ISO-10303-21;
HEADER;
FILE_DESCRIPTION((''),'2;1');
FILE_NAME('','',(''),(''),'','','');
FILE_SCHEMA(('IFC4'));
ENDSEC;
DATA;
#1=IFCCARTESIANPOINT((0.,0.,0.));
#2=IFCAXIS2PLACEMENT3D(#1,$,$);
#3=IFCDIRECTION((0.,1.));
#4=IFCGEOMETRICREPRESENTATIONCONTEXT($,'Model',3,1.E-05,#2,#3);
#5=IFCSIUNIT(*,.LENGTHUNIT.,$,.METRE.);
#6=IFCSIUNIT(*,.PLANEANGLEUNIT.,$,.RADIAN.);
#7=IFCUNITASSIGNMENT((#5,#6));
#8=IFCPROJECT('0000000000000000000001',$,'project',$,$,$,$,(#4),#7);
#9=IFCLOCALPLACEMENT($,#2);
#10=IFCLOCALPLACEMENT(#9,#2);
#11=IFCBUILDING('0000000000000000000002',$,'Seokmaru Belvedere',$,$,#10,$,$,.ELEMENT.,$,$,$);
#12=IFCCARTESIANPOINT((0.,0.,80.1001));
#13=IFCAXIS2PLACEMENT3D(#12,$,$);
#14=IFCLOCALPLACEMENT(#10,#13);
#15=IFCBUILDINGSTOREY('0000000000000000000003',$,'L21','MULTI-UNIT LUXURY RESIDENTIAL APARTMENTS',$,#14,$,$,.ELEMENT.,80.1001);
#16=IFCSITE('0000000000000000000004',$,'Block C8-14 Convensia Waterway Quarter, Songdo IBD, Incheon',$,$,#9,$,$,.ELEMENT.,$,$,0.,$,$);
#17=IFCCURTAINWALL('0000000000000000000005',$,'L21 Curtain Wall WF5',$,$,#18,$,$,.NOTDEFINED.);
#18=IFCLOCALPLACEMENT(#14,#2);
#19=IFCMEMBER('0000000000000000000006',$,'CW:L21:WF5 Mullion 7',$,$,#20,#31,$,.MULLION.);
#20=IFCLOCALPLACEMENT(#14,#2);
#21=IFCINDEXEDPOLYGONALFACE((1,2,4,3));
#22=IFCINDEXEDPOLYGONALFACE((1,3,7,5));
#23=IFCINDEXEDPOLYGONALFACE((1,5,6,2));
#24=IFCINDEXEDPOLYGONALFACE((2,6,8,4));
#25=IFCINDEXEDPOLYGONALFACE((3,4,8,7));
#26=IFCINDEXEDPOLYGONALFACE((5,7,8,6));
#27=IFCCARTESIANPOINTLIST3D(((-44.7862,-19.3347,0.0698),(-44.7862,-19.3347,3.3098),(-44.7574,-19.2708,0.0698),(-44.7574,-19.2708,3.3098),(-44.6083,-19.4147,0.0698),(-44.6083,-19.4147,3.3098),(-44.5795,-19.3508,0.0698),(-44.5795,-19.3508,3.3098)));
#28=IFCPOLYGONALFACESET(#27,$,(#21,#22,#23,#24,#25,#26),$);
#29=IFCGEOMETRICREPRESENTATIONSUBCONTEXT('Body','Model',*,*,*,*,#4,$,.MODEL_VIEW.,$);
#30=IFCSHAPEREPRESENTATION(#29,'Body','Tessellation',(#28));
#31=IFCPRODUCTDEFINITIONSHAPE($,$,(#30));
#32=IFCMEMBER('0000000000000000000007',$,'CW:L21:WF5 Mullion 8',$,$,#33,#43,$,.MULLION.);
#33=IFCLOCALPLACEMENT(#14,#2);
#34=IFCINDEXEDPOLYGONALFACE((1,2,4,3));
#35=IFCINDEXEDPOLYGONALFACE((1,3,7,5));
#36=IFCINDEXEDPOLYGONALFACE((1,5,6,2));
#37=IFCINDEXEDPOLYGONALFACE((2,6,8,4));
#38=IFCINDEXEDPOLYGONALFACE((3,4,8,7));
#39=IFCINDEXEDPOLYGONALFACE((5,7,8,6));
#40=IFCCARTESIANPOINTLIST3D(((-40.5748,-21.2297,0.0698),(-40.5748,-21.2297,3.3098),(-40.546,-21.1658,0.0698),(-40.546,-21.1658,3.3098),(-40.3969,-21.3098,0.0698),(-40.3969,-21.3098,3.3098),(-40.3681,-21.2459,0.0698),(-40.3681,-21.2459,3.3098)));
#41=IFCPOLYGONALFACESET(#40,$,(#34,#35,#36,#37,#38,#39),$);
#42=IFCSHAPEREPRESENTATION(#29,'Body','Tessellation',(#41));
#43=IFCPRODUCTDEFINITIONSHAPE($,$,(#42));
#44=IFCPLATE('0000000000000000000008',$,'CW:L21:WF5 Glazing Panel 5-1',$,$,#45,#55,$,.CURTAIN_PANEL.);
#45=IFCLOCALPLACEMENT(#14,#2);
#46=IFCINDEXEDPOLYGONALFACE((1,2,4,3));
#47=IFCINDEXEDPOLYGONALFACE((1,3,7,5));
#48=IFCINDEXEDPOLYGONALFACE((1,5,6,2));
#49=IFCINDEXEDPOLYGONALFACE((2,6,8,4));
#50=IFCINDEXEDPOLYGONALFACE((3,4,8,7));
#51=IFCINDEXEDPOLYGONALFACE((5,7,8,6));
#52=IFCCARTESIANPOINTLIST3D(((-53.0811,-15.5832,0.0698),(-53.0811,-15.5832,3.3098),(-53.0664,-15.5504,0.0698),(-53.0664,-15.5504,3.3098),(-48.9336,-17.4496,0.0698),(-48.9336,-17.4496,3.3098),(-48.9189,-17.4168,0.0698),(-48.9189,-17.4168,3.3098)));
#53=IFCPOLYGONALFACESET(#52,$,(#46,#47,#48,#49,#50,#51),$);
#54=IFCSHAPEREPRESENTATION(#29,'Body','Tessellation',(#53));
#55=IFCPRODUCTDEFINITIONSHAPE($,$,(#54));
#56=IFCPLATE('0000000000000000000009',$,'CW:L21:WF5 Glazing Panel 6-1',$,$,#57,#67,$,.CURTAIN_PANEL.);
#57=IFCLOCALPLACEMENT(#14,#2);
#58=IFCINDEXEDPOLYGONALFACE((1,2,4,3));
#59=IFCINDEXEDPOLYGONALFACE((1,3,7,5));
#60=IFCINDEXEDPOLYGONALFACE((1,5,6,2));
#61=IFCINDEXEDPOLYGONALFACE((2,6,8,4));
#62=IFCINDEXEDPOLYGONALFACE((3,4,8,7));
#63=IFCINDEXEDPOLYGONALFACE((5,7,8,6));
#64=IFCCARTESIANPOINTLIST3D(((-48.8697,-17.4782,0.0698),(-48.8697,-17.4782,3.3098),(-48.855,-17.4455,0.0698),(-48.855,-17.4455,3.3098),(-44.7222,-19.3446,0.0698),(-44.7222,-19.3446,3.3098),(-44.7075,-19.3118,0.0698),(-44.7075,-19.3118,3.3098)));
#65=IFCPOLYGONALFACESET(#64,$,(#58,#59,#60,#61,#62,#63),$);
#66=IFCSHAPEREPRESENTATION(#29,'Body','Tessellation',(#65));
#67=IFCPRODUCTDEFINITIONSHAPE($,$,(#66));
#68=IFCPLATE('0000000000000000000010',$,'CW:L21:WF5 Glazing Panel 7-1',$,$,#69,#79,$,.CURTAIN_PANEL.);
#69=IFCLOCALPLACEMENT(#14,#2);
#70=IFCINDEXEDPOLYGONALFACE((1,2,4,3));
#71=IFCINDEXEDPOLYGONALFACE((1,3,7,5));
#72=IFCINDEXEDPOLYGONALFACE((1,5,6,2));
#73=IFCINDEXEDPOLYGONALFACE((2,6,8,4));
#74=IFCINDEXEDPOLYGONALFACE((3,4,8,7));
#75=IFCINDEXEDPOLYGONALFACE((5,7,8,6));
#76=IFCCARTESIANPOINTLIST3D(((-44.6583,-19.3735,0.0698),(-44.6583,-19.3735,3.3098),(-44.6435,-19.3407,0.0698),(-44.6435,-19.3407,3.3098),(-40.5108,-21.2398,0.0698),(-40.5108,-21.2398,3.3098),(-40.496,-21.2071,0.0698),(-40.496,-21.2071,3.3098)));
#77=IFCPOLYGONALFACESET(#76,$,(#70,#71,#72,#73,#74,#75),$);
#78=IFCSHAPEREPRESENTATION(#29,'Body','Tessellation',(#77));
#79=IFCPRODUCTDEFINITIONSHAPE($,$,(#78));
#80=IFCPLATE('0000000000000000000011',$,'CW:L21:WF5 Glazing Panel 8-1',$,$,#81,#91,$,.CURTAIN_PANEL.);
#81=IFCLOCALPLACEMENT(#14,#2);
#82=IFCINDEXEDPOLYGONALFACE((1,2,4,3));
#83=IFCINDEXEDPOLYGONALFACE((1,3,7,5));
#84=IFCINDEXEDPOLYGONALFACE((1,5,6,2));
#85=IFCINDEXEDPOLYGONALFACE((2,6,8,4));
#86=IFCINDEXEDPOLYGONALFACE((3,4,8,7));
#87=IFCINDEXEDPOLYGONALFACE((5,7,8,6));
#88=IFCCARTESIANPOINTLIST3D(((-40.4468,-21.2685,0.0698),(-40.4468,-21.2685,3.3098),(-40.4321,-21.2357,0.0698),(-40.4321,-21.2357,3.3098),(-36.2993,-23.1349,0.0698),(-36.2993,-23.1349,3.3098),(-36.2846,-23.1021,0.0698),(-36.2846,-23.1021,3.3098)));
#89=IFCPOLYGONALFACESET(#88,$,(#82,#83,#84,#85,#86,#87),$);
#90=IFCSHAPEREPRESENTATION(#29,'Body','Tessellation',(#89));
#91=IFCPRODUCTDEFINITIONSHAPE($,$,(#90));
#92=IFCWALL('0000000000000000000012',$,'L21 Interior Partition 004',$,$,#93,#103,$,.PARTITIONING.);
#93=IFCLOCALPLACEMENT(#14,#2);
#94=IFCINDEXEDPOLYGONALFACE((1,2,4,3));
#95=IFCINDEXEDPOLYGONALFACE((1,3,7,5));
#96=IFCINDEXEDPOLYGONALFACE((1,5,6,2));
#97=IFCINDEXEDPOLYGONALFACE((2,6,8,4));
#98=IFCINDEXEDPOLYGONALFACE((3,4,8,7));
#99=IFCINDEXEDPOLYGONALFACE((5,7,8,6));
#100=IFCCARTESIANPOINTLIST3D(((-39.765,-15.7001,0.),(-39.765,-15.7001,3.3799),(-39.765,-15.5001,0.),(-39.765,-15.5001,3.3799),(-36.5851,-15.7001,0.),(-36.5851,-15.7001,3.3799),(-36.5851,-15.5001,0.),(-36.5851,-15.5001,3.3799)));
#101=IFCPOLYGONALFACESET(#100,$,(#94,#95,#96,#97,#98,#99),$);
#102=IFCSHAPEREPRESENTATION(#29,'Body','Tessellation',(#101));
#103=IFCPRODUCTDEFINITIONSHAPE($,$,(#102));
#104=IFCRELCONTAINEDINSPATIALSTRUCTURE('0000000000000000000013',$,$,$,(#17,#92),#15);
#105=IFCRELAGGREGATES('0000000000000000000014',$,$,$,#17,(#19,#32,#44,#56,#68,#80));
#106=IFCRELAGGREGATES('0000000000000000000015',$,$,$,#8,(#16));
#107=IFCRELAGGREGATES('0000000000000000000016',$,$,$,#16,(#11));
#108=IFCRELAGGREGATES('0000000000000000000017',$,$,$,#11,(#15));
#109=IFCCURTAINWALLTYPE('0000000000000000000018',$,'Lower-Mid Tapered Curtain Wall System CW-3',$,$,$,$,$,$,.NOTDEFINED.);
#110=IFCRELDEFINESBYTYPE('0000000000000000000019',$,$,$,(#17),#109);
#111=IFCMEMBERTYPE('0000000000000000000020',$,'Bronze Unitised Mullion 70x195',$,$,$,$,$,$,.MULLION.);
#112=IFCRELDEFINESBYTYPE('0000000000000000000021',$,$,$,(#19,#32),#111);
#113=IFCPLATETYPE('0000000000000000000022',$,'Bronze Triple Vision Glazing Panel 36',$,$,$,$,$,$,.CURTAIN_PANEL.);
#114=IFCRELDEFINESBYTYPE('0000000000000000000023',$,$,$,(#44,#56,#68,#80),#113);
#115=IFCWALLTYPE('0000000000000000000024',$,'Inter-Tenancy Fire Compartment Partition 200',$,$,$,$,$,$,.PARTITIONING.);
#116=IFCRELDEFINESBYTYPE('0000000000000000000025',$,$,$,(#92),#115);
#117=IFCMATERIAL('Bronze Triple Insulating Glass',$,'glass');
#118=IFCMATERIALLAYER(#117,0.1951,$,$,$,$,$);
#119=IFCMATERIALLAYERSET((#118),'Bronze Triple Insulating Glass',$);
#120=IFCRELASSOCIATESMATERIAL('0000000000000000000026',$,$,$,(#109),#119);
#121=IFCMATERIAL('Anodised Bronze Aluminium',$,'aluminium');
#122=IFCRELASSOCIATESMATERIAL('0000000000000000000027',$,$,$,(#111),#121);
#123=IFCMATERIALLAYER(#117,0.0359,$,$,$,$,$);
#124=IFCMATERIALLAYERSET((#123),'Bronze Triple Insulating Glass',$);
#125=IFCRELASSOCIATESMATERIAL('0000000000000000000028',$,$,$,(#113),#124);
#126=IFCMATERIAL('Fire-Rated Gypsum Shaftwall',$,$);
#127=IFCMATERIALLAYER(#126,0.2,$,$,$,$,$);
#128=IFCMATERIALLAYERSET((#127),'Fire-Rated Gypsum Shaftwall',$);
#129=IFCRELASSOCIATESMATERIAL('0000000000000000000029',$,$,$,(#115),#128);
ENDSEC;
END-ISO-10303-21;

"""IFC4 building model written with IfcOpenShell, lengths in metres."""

from ifc_helpers import new_model, si_unit, direction, frame, frame_2d, origin, origin_2d, place, context, subcontext, project, spatial, rectangle, extrude, source, transform, mapped, material, layer, layer_set, material_profile, profile_set, type_object, type_shapes, element, aggregate, save


model = new_model("IFC4")

# Units and contexts
model_context = context("Model", 3, precision=1e-05, world=origin(), true_north=direction((0.0, 1.0)))
body_context = subcontext(model_context, "Body", "Model", "MODEL_VIEW")
ifc_project = project(units=[si_unit("LENGTHUNIT", "METRE"), si_unit("PLANEANGLEUNIT", "RADIAN")], contexts=[model_context])

# Site, building, storey
site_placement = place(None, origin())
site = spatial("IfcSite", under=ifc_project, at=site_placement, Name="Block C8-14 Convensia Waterway Quarter, Songdo IBD, Incheon", CompositionType="ELEMENT", RefElevation=0.0)
building_placement = place(site_placement, origin())
building = spatial("IfcBuilding", under=site, at=building_placement, Name="Seokmaru Belvedere", CompositionType="ELEMENT")
storey_placement = place(building_placement, frame((0.0, 0.0, 80.1001)))
storey = spatial("IfcBuildingStorey", under=building, at=storey_placement, Name="L21", Description="MULTI-UNIT LUXURY RESIDENTIAL APARTMENTS", CompositionType="ELEMENT", Elevation=80.1001)

# Curtain wall, members, plates
ifc_material_1 = material(Name="Bronze Triple Insulating Glass", Category="glass")
ifc_layer_1 = layer(ifc_material_1, 0.1951)
ifc_layer_set_1 = layer_set([ifc_layer_1], Name="Bronze Triple Insulating Glass")
curtain_wall_type = type_object("IfcCurtainWallType", Name="Lower-Mid Tapered Curtain Wall System CW-3", PredefinedType="NOTDEFINED", material=ifc_layer_set_1)
curtain_wall_placement = place(storey_placement, origin())
curtain_wall = element("IfcCurtainWall", 1, at=curtain_wall_placement, inside=storey, type_object=curtain_wall_type, Name="L21 Curtain Wall WF5", PredefinedType="NOTDEFINED")
ifc_material_2 = material(Name="Anodised Bronze Aluminium", Category="aluminium")
ifc_material_profile_1 = material_profile(ifc_material_2, rectangle(XDim=0.0701, YDim=0.1951, at=origin_2d()), Name="CW-M-70x195")
ifc_profile_set_1 = profile_set([ifc_material_profile_1], Name="Anodised Bronze Aluminium")
member_type = type_object("IfcMemberType", Name="Bronze Unitised Mullion 70x195", PredefinedType="MULLION", material=ifc_profile_set_1)
shared_shape_1 = source(origin(), body_context, "Body", "SweptSolid", [
    extrude(rectangle(XDim=0.0701, YDim=0.1951, at=origin_2d()), origin(), (0.0, 0.0, 1.0), 3.24),
])
type_shapes(member_type, [shared_shape_1])
member_1_placement = place(storey_placement, frame((-44.6829, -19.3428, 0.0698), z_axis=(0.0, 0.0, 1.0), x_axis=(0.410366, 0.911921, 0.0)))
member_1 = element("IfcMember", 2, at=member_1_placement, type_object=member_type, Name="CW:L21:WF5 Mullion 7", PredefinedType="MULLION", context=body_context, shape_type="MappedRepresentation", body=[
    mapped(shared_shape_1, transform((0.0, 0.0, 0.0), scale=1.0)),
])
member_2_placement = place(storey_placement, frame((-40.4714, -21.2378, 0.0698), z_axis=(0.0, 0.0, 1.0), x_axis=(0.410366, 0.911921, 0.0)))
member_2 = element("IfcMember", 3, at=member_2_placement, type_object=member_type, Name="CW:L21:WF5 Mullion 8", PredefinedType="MULLION", context=body_context, shape_type="MappedRepresentation", body=[
    mapped(shared_shape_1, transform((0.0, 0.0, 0.0), scale=1.0)),
])
ifc_layer_2 = layer(ifc_material_1, 0.0359)
ifc_layer_set_2 = layer_set([ifc_layer_2], Name="Bronze Triple Insulating Glass")
plate_type = type_object("IfcPlateType", Name="Bronze Triple Vision Glazing Panel 36", PredefinedType="CURTAIN_PANEL", material=ifc_layer_set_2)
shared_shape_2 = source(origin(), body_context, "Body", "SweptSolid", [
    extrude(rectangle(XDim=4.5481, YDim=0.0359, at=origin_2d()), origin(), (0.0, 0.0, 1.0), 3.24),
])
type_shapes(plate_type, [shared_shape_2])
plate_1_placement = place(storey_placement, frame((-51.0, -16.5, 0.0698), z_axis=(0.0, 0.0, 1.0), x_axis=(0.911921, -0.410366, 0.0)))
plate_1 = element("IfcPlate", 4, at=plate_1_placement, type_object=plate_type, Name="CW:L21:WF5 Glazing Panel 5-1", PredefinedType="CURTAIN_PANEL", context=body_context, shape_type="MappedRepresentation", body=[
    mapped(shared_shape_2, transform((0.0, 0.0, 0.0), scale=1.0)),
])
plate_2_placement = place(storey_placement, frame((-46.7886, -18.395, 0.0698), z_axis=(0.0, 0.0, 1.0), x_axis=(0.911921, -0.410366, 0.0)))
plate_2 = element("IfcPlate", 5, at=plate_2_placement, type_object=plate_type, Name="CW:L21:WF5 Glazing Panel 6-1", PredefinedType="CURTAIN_PANEL", context=body_context, shape_type="MappedRepresentation", body=[
    mapped(shared_shape_2, transform((0.0, 0.0, 0.0), scale=1.0)),
])
plate_3_placement = place(storey_placement, frame((-42.5771, -20.2903, 0.0698), z_axis=(0.0, 0.0, 1.0), x_axis=(0.911921, -0.410366, 0.0)))
plate_3 = element("IfcPlate", 6, at=plate_3_placement, type_object=plate_type, Name="CW:L21:WF5 Glazing Panel 7-1", PredefinedType="CURTAIN_PANEL", context=body_context, shape_type="MappedRepresentation", body=[
    mapped(shared_shape_2, transform((0.0, 0.0, 0.0), scale=1.0)),
])
plate_4_placement = place(storey_placement, frame((-38.3657, -22.1853, 0.0698), z_axis=(0.0, 0.0, 1.0), x_axis=(0.911921, -0.410366, 0.0)))
plate_4 = element("IfcPlate", 7, at=plate_4_placement, type_object=plate_type, Name="CW:L21:WF5 Glazing Panel 8-1", PredefinedType="CURTAIN_PANEL", context=body_context, shape_type="MappedRepresentation", body=[
    mapped(shared_shape_2, transform((0.0, 0.0, 0.0), scale=1.0)),
])
aggregate(curtain_wall, [member_1, member_2, plate_1, plate_2, plate_3, plate_4])

# Wall
ifc_material_3 = material(Name="Fire-Rated Gypsum Shaftwall")
ifc_layer_3 = layer(ifc_material_3, 0.2)
ifc_layer_set_3 = layer_set([ifc_layer_3], Name="Fire-Rated Gypsum Shaftwall")
wall_type = type_object("IfcWallType", Name="Inter-Tenancy Fire Compartment Partition 200", PredefinedType="PARTITIONING", material=ifc_layer_set_3)
wall_placement = place(storey_placement, frame((-39.7649, -15.6001, 0.0), z_axis=(0.0, 0.0, 1.0), x_axis=(1.0, 0.0, 0.0)))
element("IfcWall", 8, at=wall_placement, inside=storey, type_object=wall_type, Name="L21 Interior Partition 004", PredefinedType="PARTITIONING", context=body_context, shape_type="SweptSolid", body=[
    extrude(rectangle(XDim=3.1799, YDim=0.2, at=frame_2d((1.5898, 0.0))), origin(), (0.0, 0.0, 1.0), 3.3799),
])

save(model, "model.ifc")
